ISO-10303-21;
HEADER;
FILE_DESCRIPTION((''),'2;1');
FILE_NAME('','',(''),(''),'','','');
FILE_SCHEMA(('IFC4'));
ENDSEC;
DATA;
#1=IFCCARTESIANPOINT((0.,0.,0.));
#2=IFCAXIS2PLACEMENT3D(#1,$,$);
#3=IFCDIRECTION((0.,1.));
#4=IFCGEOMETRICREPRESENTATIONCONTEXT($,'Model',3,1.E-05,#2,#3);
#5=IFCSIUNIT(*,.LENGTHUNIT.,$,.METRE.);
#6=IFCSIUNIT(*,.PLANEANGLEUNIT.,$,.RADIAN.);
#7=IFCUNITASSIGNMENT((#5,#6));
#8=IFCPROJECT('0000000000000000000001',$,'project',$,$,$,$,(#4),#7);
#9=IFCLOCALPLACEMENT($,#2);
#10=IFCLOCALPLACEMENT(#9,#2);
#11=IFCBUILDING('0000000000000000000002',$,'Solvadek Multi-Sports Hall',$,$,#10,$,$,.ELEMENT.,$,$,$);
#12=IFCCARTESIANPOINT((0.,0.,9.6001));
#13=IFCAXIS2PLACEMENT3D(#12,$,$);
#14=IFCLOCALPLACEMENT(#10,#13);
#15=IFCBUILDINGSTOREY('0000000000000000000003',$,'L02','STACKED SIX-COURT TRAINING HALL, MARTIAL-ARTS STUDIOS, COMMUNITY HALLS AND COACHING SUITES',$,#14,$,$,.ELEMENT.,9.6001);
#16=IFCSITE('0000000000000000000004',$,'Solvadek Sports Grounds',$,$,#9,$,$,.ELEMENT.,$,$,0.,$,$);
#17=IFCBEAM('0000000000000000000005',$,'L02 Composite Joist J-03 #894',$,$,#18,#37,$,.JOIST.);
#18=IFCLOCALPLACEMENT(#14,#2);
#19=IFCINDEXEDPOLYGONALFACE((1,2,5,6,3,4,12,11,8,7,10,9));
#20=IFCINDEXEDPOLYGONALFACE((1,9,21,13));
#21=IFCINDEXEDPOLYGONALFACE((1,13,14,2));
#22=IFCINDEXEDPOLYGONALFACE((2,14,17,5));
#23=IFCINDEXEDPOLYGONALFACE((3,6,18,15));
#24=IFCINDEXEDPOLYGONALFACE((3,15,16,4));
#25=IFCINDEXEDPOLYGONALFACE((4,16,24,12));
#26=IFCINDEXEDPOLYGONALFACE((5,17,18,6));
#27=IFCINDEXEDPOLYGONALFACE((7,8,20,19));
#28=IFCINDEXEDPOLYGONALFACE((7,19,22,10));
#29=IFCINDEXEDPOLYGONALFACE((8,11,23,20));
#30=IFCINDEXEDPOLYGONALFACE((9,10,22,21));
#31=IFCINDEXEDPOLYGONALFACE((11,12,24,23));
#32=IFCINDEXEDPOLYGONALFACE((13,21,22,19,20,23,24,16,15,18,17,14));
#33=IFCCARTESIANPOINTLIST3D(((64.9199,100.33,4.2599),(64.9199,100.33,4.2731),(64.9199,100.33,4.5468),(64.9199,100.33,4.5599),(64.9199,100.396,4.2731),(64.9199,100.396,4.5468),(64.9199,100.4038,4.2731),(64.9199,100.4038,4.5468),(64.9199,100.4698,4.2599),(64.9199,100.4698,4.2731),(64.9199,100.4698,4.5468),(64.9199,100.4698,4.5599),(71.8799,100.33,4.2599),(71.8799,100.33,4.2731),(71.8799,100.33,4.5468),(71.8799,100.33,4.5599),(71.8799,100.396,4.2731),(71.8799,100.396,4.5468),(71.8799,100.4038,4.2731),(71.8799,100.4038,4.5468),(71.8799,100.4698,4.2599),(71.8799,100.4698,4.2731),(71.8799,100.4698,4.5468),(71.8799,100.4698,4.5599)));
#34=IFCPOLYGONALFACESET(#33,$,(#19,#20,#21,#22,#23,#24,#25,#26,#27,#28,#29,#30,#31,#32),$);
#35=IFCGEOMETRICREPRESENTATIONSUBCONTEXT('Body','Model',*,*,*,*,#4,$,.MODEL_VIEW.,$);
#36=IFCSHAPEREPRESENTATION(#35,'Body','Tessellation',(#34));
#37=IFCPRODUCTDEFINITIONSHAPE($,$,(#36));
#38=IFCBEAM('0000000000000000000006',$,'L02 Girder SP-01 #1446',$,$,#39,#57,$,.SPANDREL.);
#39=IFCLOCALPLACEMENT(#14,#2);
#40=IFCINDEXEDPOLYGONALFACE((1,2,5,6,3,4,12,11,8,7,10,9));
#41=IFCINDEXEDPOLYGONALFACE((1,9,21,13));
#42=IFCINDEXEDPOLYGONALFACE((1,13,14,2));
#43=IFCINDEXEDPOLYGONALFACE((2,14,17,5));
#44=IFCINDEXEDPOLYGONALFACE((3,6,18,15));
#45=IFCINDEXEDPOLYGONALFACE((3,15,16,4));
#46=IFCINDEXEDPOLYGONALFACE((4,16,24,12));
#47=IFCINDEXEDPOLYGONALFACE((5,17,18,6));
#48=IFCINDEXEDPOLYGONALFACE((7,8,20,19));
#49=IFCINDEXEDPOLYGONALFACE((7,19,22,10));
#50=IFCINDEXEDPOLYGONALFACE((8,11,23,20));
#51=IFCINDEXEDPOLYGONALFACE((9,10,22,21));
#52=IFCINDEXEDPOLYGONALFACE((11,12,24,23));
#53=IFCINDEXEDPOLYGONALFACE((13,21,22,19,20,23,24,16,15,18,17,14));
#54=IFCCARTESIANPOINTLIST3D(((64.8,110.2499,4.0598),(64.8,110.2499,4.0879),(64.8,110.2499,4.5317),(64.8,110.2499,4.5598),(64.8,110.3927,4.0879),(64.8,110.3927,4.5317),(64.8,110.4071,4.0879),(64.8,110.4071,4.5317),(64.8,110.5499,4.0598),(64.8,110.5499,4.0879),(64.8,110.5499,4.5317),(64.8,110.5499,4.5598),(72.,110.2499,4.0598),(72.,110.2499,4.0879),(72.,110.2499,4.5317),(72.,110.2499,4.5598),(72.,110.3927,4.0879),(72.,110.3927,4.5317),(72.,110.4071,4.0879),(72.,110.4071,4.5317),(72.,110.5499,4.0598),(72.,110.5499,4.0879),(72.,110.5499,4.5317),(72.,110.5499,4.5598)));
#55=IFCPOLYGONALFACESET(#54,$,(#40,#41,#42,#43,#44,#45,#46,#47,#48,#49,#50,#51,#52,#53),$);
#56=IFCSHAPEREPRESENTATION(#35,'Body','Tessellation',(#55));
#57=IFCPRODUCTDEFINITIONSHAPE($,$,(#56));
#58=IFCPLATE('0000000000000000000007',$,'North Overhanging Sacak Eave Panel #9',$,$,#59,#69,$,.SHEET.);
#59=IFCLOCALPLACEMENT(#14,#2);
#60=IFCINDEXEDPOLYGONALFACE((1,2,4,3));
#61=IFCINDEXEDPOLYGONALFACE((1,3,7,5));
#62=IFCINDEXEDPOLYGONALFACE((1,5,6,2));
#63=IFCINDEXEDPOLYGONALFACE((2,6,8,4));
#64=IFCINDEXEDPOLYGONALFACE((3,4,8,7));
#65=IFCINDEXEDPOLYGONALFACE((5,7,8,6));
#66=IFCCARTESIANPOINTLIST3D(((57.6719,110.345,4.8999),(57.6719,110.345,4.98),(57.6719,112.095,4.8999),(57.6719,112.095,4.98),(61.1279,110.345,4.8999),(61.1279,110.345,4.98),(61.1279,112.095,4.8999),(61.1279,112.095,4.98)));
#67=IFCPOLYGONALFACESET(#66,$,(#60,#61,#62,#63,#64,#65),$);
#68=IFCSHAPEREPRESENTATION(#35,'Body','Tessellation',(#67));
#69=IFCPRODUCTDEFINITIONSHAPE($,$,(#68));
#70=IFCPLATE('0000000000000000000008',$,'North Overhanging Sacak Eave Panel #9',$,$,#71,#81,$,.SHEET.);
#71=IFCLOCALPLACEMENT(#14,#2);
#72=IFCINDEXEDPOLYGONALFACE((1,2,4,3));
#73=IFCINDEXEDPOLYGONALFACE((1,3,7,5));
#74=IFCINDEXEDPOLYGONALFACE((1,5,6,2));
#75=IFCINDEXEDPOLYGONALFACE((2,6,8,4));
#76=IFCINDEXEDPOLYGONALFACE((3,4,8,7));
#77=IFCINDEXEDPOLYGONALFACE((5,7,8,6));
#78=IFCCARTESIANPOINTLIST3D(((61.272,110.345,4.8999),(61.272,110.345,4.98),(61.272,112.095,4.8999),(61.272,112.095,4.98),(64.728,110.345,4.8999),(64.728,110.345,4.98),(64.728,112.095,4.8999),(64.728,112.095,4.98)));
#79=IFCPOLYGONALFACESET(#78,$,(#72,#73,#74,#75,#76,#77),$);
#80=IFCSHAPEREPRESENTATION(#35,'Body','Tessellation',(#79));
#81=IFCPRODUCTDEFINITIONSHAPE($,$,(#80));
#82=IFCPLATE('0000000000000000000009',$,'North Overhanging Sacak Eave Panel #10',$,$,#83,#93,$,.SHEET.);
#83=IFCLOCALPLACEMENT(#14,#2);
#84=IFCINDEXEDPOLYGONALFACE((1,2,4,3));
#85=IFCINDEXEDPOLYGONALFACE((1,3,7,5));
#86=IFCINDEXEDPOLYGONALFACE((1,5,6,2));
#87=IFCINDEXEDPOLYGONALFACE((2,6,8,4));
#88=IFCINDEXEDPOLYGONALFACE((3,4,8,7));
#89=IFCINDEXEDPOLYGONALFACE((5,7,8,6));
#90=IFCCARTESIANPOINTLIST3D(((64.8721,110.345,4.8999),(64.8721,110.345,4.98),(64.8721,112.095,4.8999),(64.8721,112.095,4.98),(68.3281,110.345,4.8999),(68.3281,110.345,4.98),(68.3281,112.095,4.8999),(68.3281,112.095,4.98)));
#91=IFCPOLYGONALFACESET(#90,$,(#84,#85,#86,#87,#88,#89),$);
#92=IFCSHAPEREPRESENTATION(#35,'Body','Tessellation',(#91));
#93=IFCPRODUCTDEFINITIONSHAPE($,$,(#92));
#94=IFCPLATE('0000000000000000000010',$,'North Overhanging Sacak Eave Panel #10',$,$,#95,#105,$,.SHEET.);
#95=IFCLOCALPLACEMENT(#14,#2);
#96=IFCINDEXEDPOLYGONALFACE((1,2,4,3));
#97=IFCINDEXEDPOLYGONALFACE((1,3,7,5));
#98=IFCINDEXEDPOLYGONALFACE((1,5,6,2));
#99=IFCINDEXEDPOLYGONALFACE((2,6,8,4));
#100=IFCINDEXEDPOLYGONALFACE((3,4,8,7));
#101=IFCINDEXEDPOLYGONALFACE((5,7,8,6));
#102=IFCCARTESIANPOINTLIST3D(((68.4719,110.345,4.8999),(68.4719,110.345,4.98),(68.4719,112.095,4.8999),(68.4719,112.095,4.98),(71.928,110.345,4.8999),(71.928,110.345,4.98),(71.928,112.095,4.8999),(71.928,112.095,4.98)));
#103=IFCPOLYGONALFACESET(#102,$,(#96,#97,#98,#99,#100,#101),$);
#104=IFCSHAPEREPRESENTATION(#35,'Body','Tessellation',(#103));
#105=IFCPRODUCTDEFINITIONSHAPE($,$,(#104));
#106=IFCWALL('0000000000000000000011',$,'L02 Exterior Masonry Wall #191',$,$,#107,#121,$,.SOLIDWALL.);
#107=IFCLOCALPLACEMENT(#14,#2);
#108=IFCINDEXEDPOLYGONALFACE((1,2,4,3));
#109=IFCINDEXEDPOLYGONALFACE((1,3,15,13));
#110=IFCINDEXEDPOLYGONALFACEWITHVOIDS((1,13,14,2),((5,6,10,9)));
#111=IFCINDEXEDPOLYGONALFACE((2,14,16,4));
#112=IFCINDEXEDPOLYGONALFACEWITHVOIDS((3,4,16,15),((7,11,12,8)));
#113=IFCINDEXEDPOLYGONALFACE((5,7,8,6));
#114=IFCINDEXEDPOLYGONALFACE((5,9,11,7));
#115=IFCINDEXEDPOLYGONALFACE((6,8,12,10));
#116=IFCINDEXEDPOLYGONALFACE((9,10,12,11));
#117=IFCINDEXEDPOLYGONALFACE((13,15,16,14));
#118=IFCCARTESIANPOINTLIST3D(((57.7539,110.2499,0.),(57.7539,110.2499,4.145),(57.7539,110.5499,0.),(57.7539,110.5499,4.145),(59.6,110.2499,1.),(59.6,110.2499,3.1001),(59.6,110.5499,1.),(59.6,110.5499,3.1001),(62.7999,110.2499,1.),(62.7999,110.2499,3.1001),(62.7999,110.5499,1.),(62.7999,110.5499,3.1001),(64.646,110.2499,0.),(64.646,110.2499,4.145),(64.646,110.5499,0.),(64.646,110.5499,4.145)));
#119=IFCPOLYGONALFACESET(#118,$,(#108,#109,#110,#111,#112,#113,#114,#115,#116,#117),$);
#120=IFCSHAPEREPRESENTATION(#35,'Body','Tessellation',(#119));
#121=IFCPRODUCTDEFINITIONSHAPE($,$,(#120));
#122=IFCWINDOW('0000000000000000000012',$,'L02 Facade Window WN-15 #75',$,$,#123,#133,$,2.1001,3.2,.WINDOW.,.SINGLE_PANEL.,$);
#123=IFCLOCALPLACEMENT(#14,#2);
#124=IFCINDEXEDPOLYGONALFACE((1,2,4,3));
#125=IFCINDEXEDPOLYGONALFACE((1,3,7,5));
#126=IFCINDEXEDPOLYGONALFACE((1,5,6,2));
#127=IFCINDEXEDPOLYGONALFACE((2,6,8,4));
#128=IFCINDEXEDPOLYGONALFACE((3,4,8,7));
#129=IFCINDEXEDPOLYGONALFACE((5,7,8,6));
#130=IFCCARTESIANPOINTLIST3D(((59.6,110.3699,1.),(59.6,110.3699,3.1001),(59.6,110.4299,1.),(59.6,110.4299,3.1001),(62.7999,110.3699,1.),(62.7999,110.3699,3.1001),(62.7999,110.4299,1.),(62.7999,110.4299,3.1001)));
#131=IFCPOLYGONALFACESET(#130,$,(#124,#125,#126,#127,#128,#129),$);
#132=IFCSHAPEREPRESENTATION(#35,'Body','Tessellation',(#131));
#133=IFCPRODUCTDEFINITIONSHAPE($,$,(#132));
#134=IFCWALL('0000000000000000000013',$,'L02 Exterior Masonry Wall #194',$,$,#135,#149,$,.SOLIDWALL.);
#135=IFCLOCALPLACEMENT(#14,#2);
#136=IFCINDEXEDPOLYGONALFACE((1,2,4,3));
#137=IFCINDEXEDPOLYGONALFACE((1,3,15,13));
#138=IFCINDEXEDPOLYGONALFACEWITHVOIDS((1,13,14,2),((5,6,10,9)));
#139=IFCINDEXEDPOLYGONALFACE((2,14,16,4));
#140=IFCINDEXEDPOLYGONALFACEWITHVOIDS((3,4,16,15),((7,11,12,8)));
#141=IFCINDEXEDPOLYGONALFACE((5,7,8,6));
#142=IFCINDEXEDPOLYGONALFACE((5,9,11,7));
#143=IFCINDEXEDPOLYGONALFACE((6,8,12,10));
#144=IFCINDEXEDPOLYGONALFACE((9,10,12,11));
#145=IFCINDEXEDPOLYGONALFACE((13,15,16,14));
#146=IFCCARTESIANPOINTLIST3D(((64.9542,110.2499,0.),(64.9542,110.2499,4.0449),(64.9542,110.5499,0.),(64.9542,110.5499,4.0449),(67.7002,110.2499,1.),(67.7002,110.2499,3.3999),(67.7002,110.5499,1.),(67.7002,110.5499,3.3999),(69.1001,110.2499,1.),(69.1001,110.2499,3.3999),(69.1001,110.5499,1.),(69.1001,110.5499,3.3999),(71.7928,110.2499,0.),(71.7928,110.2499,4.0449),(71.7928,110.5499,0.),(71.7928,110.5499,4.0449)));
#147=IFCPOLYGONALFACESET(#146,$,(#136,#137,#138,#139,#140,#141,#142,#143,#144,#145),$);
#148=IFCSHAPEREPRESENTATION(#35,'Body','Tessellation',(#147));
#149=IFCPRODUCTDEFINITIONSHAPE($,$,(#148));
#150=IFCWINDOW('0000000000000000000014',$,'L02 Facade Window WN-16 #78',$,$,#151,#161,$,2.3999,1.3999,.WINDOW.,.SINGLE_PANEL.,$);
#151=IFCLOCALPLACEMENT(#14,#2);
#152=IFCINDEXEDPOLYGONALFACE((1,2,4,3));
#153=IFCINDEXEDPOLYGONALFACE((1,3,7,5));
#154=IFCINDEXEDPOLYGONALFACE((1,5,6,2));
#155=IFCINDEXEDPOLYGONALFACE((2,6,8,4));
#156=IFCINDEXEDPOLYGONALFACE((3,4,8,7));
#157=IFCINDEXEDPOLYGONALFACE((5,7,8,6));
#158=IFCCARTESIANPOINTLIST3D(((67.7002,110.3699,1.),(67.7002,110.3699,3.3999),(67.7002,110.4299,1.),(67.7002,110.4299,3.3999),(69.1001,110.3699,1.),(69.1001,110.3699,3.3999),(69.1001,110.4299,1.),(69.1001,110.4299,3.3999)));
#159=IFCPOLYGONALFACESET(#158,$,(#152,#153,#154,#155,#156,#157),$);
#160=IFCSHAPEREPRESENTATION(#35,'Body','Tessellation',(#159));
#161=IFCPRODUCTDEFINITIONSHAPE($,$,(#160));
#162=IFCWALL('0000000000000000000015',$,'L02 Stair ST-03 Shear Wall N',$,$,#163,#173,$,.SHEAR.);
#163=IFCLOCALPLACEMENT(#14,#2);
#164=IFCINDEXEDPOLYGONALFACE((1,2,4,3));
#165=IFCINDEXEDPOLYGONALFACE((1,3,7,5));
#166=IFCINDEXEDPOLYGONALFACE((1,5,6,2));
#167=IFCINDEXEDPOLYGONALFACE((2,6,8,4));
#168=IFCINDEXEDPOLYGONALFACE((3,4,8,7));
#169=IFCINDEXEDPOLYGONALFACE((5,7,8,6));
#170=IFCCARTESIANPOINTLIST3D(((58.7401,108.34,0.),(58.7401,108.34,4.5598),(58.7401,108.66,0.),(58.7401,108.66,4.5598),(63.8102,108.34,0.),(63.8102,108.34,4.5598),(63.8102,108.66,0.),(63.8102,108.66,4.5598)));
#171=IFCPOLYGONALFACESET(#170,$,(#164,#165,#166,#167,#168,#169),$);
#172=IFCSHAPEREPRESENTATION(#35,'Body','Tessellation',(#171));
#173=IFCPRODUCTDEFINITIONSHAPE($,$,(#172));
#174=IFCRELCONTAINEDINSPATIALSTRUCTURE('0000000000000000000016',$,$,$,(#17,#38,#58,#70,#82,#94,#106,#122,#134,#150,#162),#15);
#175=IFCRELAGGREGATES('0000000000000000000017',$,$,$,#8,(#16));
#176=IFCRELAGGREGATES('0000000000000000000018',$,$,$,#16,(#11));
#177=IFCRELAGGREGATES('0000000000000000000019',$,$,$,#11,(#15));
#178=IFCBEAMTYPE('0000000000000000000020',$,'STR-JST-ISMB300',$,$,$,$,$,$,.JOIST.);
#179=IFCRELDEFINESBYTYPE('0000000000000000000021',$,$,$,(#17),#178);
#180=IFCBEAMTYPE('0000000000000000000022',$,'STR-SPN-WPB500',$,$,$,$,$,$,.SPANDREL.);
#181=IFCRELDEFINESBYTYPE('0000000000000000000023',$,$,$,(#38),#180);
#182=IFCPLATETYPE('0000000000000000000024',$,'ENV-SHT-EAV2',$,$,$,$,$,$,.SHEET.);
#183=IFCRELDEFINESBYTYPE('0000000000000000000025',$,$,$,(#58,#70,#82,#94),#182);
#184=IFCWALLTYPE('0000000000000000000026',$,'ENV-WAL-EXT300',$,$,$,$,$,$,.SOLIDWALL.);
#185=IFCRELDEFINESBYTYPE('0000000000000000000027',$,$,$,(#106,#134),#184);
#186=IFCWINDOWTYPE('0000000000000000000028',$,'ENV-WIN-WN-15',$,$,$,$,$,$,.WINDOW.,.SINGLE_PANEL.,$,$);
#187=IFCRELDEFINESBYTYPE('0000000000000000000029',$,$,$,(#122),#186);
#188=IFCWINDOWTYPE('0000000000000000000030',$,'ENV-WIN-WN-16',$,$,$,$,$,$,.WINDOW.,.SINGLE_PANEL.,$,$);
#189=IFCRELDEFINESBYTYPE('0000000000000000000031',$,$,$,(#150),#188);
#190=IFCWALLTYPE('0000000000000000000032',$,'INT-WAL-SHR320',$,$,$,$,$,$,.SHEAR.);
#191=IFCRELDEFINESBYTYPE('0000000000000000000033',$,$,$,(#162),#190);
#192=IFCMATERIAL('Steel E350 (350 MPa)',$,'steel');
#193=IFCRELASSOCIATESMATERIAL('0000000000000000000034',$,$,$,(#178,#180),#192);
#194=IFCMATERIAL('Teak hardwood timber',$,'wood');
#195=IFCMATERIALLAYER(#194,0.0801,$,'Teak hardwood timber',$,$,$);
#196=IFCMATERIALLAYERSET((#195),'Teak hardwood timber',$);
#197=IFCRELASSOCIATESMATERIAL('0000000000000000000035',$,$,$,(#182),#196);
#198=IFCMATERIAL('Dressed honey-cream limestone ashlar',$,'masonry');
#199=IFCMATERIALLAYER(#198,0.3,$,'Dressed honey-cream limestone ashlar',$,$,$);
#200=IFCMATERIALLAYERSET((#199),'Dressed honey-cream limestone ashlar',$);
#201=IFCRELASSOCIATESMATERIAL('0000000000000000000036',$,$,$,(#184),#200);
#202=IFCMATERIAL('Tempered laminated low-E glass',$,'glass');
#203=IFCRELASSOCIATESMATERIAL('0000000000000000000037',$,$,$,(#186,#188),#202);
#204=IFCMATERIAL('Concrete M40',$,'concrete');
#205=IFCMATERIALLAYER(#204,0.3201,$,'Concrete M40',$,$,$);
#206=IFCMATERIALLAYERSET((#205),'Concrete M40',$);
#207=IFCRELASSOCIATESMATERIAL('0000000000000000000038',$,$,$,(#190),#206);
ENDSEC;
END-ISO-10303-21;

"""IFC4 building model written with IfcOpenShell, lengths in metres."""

from ifc_helpers import new_model, si_unit, direction, frame, frame_2d, origin, origin_2d, place, context, subcontext, project, spatial, rectangle, i_section, extrude, material, layer, layer_set, material_profile, profile_set, type_object, element, fill, save


model = new_model("IFC4")

# Units and contexts
model_context = context("Model", 3, precision=1e-05, world=origin(), true_north=direction((0.0, 1.0)))
body_context = subcontext(model_context, "Body", "Model", "MODEL_VIEW")
ifc_project = project(units=[si_unit("LENGTHUNIT", "METRE"), si_unit("PLANEANGLEUNIT", "RADIAN")], contexts=[model_context])

# Site, building, storey
site_placement = place(None, origin())
site = spatial("IfcSite", under=ifc_project, at=site_placement, Name="Solvadek Sports Grounds", CompositionType="ELEMENT", RefElevation=0.0)
building_placement = place(site_placement, origin())
building = spatial("IfcBuilding", under=site, at=building_placement, Name="Solvadek Multi-Sports Hall", CompositionType="ELEMENT")
storey_placement = place(building_placement, frame((0.0, 0.0, 9.6001)))
storey = spatial("IfcBuildingStorey", under=building, at=storey_placement, Name="L02", Description="STACKED SIX-COURT TRAINING HALL, MARTIAL-ARTS STUDIOS, COMMUNITY HALLS AND COACHING SUITES", CompositionType="ELEMENT", Elevation=9.6001)

# Shared definitions
ifc_material_1 = material(Name="Steel E350 (350 MPa)", Category="steel")

# Beams
ifc_material_profile_1 = material_profile(ifc_material_1, i_section(OverallWidth=0.1399, OverallDepth=0.3, WebThickness=0.0078, FlangeThickness=0.0132, at=origin_2d()), Name="ISMB 300")
ifc_profile_set_1 = profile_set([ifc_material_profile_1], Name="Steel E350 (350 MPa)")
beam_type_1 = type_object("IfcBeamType", Name="STR-JST-ISMB300", PredefinedType="JOIST", material=ifc_profile_set_1)
beam_1_placement = place(storey_placement, frame((64.9199, 100.3999, 4.4099), z_axis=(1.0, 0.0, 0.0), x_axis=(0.0, 1.0, 0.0)))
element("IfcBeam", 1, at=beam_1_placement, inside=storey, type_object=beam_type_1, Name="L02 Composite Joist J-03 #894", PredefinedType="JOIST", context=body_context, shape_type="SweptSolid", body=[
    extrude(i_section(OverallWidth=0.1399, OverallDepth=0.3, WebThickness=0.0078, FlangeThickness=0.0132, at=origin_2d()), origin(), (0.0, 0.0, 1.0), 6.96),
])
ifc_material_profile_2 = material_profile(ifc_material_1, i_section(OverallWidth=0.3, OverallDepth=0.5, WebThickness=0.0144, FlangeThickness=0.0281, at=origin_2d()), Name="WPB 500")
ifc_profile_set_2 = profile_set([ifc_material_profile_2], Name="Steel E350 (350 MPa)")
beam_type_2 = type_object("IfcBeamType", Name="STR-SPN-WPB500", PredefinedType="SPANDREL", material=ifc_profile_set_2)
beam_2_placement = place(storey_placement, frame((64.8, 110.3999, 4.3098), z_axis=(1.0, 0.0, 0.0), x_axis=(0.0, 1.0, 0.0)))
element("IfcBeam", 2, at=beam_2_placement, inside=storey, type_object=beam_type_2, Name="L02 Girder SP-01 #1446", PredefinedType="SPANDREL", context=body_context, shape_type="SweptSolid", body=[
    extrude(i_section(OverallWidth=0.3, OverallDepth=0.5, WebThickness=0.0144, FlangeThickness=0.0281, at=origin_2d()), origin(), (0.0, 0.0, 1.0), 7.2),
])

# Plates
ifc_material_2 = material(Name="Teak hardwood timber", Category="wood")
ifc_layer_1 = layer(ifc_material_2, 0.0801, Name="Teak hardwood timber")
ifc_layer_set_1 = layer_set([ifc_layer_1], Name="Teak hardwood timber")
plate_type = type_object("IfcPlateType", Name="ENV-SHT-EAV2", PredefinedType="SHEET", material=ifc_layer_set_1)
for number, where, z_axis, x_axis, name in (
    (3, (59.3999, 111.22, 4.8999), (0.0, 0.0, 1.0), (1.0, 0.0, 0.0), "North Overhanging Sacak Eave Panel #9"),
    (4, (63.0, 111.22, 4.8999), (0.0, 0.0, 1.0), (1.0, 0.0, 0.0), "North Overhanging Sacak Eave Panel #9"),
    (5, (66.6001, 111.22, 4.8999), (0.0, 0.0, 1.0), (1.0, 0.0, 0.0), "North Overhanging Sacak Eave Panel #10"),
    (6, (70.2, 111.22, 4.8999), (0.0, 0.0, 1.0), (1.0, 0.0, 0.0), "North Overhanging Sacak Eave Panel #10"),
):
    element("IfcPlate", number, at=place(storey_placement, frame(where, z_axis=z_axis, x_axis=x_axis)), inside=storey, type_object=plate_type, Name=name, PredefinedType="SHEET", context=body_context, shape_type="SweptSolid", body=[
        extrude(rectangle(XDim=3.4561, YDim=1.75, at=origin_2d()), origin(), (0.0, 0.0, 1.0), 0.0801),
    ])

# Walls, openings, windows
ifc_material_3 = material(Name="Dressed honey-cream limestone ashlar", Category="masonry")
ifc_layer_2 = layer(ifc_material_3, 0.3, Name="Dressed honey-cream limestone ashlar")
ifc_layer_set_2 = layer_set([ifc_layer_2], Name="Dressed honey-cream limestone ashlar")
wall_type_1 = type_object("IfcWallType", Name="ENV-WAL-EXT300", PredefinedType="SOLIDWALL", material=ifc_layer_set_2)
wall_1_placement = place(storey_placement, frame((57.7539, 110.3999, 0.0), z_axis=(0.0, 0.0, 1.0), x_axis=(1.0, 0.0, 0.0)))
wall_1 = element("IfcWall", 7, at=wall_1_placement, inside=storey, type_object=wall_type_1, Name="L02 Exterior Masonry Wall #191", PredefinedType="SOLIDWALL", context=body_context, shape_type="SweptSolid", body=[
    extrude(rectangle(XDim=6.8921, YDim=0.3, at=frame_2d((3.446, 0.0))), origin(), (0.0, 0.0, 1.0), 4.145),
])
opening_1_placement = place(wall_1_placement, frame((1.8459, 0.0, 1.0)))
opening_1 = element("IfcOpeningElement", 8, at=opening_1_placement, cuts=wall_1, PredefinedType="OPENING", context=body_context, shape_type="SweptSolid", body=[
    extrude(rectangle(XDim=3.2, YDim=2.1001, at=frame_2d((1.6001, 1.05))), frame((0.0, 0.1599, 0.0), z_axis=(0.0, -1.0, 0.0), x_axis=(1.0, 0.0, 0.0)), (0.0, 0.0, 1.0), 0.3201),
])
ifc_material_4 = material(Name="Tempered laminated low-E glass", Category="glass")
window_type_1 = type_object("IfcWindowType", Name="ENV-WIN-WN-15", PartitioningType="SINGLE_PANEL", PredefinedType="WINDOW", material=ifc_material_4)
window_1_placement = place(opening_1_placement, origin())
window_1 = element("IfcWindow", 9, at=window_1_placement, inside=storey, type_object=window_type_1, Name="L02 Facade Window WN-15 #75", OverallHeight=2.1001, OverallWidth=3.2, PartitioningType="SINGLE_PANEL", PredefinedType="WINDOW", context=body_context, shape_type="SweptSolid", body=[
    extrude(rectangle(XDim=3.2, YDim=2.1001, at=frame_2d((1.6001, 1.05))), frame((0.0, 0.03, 0.0), z_axis=(0.0, -1.0, 0.0), x_axis=(1.0, 0.0, 0.0)), (0.0, 0.0, 1.0), 0.0601),
])
fill(opening_1, window_1)
wall_2_placement = place(storey_placement, frame((64.9541, 110.3999, 0.0), z_axis=(0.0, 0.0, 1.0), x_axis=(1.0, 0.0, 0.0)))
wall_2 = element("IfcWall", 10, at=wall_2_placement, inside=storey, type_object=wall_type_1, Name="L02 Exterior Masonry Wall #194", PredefinedType="SOLIDWALL", context=body_context, shape_type="SweptSolid", body=[
    extrude(rectangle(XDim=6.8386, YDim=0.3, at=frame_2d((3.4194, 0.0))), origin(), (0.0, 0.0, 1.0), 4.0449),
])
opening_2_placement = place(wall_2_placement, frame((2.7461, 0.0, 1.0)))
opening_2 = element("IfcOpeningElement", 11, at=opening_2_placement, cuts=wall_2, PredefinedType="OPENING", context=body_context, shape_type="SweptSolid", body=[
    extrude(rectangle(XDim=1.3999, YDim=2.3999, at=frame_2d((0.7, 1.2))), frame((0.0, 0.1599, 0.0), z_axis=(0.0, -1.0, 0.0), x_axis=(1.0, 0.0, 0.0)), (0.0, 0.0, 1.0), 0.3201),
])
window_type_2 = type_object("IfcWindowType", Name="ENV-WIN-WN-16", PartitioningType="SINGLE_PANEL", PredefinedType="WINDOW", material=ifc_material_4)
window_2_placement = place(opening_2_placement, origin())
window_2 = element("IfcWindow", 12, at=window_2_placement, inside=storey, type_object=window_type_2, Name="L02 Facade Window WN-16 #78", OverallHeight=2.3999, OverallWidth=1.3999, PartitioningType="SINGLE_PANEL", PredefinedType="WINDOW", context=body_context, shape_type="SweptSolid", body=[
    extrude(rectangle(XDim=1.3999, YDim=2.3999, at=frame_2d((0.7, 1.2))), frame((0.0, 0.03, 0.0), z_axis=(0.0, -1.0, 0.0), x_axis=(1.0, 0.0, 0.0)), (0.0, 0.0, 1.0), 0.0601),
])
fill(opening_2, window_2)

# Wall
ifc_material_5 = material(Name="Concrete M40", Category="concrete")
ifc_layer_3 = layer(ifc_material_5, 0.3201, Name="Concrete M40")
ifc_layer_set_3 = layer_set([ifc_layer_3], Name="Concrete M40")
wall_type_2 = type_object("IfcWallType", Name="INT-WAL-SHR320", PredefinedType="SHEAR", material=ifc_layer_set_3)
wall_3_placement = place(storey_placement, frame((58.74, 108.5, 0.0), z_axis=(0.0, 0.0, 1.0), x_axis=(1.0, 0.0, 0.0)))
element("IfcWall", 13, at=wall_3_placement, inside=storey, type_object=wall_type_2, Name="L02 Stair ST-03 Shear Wall N", PredefinedType="SHEAR", context=body_context, shape_type="SweptSolid", body=[
    extrude(rectangle(XDim=5.0701, YDim=0.3201, at=frame_2d((2.5352, 0.0))), origin(), (0.0, 0.0, 1.0), 4.5598),
])

save(model, "model.ifc")
